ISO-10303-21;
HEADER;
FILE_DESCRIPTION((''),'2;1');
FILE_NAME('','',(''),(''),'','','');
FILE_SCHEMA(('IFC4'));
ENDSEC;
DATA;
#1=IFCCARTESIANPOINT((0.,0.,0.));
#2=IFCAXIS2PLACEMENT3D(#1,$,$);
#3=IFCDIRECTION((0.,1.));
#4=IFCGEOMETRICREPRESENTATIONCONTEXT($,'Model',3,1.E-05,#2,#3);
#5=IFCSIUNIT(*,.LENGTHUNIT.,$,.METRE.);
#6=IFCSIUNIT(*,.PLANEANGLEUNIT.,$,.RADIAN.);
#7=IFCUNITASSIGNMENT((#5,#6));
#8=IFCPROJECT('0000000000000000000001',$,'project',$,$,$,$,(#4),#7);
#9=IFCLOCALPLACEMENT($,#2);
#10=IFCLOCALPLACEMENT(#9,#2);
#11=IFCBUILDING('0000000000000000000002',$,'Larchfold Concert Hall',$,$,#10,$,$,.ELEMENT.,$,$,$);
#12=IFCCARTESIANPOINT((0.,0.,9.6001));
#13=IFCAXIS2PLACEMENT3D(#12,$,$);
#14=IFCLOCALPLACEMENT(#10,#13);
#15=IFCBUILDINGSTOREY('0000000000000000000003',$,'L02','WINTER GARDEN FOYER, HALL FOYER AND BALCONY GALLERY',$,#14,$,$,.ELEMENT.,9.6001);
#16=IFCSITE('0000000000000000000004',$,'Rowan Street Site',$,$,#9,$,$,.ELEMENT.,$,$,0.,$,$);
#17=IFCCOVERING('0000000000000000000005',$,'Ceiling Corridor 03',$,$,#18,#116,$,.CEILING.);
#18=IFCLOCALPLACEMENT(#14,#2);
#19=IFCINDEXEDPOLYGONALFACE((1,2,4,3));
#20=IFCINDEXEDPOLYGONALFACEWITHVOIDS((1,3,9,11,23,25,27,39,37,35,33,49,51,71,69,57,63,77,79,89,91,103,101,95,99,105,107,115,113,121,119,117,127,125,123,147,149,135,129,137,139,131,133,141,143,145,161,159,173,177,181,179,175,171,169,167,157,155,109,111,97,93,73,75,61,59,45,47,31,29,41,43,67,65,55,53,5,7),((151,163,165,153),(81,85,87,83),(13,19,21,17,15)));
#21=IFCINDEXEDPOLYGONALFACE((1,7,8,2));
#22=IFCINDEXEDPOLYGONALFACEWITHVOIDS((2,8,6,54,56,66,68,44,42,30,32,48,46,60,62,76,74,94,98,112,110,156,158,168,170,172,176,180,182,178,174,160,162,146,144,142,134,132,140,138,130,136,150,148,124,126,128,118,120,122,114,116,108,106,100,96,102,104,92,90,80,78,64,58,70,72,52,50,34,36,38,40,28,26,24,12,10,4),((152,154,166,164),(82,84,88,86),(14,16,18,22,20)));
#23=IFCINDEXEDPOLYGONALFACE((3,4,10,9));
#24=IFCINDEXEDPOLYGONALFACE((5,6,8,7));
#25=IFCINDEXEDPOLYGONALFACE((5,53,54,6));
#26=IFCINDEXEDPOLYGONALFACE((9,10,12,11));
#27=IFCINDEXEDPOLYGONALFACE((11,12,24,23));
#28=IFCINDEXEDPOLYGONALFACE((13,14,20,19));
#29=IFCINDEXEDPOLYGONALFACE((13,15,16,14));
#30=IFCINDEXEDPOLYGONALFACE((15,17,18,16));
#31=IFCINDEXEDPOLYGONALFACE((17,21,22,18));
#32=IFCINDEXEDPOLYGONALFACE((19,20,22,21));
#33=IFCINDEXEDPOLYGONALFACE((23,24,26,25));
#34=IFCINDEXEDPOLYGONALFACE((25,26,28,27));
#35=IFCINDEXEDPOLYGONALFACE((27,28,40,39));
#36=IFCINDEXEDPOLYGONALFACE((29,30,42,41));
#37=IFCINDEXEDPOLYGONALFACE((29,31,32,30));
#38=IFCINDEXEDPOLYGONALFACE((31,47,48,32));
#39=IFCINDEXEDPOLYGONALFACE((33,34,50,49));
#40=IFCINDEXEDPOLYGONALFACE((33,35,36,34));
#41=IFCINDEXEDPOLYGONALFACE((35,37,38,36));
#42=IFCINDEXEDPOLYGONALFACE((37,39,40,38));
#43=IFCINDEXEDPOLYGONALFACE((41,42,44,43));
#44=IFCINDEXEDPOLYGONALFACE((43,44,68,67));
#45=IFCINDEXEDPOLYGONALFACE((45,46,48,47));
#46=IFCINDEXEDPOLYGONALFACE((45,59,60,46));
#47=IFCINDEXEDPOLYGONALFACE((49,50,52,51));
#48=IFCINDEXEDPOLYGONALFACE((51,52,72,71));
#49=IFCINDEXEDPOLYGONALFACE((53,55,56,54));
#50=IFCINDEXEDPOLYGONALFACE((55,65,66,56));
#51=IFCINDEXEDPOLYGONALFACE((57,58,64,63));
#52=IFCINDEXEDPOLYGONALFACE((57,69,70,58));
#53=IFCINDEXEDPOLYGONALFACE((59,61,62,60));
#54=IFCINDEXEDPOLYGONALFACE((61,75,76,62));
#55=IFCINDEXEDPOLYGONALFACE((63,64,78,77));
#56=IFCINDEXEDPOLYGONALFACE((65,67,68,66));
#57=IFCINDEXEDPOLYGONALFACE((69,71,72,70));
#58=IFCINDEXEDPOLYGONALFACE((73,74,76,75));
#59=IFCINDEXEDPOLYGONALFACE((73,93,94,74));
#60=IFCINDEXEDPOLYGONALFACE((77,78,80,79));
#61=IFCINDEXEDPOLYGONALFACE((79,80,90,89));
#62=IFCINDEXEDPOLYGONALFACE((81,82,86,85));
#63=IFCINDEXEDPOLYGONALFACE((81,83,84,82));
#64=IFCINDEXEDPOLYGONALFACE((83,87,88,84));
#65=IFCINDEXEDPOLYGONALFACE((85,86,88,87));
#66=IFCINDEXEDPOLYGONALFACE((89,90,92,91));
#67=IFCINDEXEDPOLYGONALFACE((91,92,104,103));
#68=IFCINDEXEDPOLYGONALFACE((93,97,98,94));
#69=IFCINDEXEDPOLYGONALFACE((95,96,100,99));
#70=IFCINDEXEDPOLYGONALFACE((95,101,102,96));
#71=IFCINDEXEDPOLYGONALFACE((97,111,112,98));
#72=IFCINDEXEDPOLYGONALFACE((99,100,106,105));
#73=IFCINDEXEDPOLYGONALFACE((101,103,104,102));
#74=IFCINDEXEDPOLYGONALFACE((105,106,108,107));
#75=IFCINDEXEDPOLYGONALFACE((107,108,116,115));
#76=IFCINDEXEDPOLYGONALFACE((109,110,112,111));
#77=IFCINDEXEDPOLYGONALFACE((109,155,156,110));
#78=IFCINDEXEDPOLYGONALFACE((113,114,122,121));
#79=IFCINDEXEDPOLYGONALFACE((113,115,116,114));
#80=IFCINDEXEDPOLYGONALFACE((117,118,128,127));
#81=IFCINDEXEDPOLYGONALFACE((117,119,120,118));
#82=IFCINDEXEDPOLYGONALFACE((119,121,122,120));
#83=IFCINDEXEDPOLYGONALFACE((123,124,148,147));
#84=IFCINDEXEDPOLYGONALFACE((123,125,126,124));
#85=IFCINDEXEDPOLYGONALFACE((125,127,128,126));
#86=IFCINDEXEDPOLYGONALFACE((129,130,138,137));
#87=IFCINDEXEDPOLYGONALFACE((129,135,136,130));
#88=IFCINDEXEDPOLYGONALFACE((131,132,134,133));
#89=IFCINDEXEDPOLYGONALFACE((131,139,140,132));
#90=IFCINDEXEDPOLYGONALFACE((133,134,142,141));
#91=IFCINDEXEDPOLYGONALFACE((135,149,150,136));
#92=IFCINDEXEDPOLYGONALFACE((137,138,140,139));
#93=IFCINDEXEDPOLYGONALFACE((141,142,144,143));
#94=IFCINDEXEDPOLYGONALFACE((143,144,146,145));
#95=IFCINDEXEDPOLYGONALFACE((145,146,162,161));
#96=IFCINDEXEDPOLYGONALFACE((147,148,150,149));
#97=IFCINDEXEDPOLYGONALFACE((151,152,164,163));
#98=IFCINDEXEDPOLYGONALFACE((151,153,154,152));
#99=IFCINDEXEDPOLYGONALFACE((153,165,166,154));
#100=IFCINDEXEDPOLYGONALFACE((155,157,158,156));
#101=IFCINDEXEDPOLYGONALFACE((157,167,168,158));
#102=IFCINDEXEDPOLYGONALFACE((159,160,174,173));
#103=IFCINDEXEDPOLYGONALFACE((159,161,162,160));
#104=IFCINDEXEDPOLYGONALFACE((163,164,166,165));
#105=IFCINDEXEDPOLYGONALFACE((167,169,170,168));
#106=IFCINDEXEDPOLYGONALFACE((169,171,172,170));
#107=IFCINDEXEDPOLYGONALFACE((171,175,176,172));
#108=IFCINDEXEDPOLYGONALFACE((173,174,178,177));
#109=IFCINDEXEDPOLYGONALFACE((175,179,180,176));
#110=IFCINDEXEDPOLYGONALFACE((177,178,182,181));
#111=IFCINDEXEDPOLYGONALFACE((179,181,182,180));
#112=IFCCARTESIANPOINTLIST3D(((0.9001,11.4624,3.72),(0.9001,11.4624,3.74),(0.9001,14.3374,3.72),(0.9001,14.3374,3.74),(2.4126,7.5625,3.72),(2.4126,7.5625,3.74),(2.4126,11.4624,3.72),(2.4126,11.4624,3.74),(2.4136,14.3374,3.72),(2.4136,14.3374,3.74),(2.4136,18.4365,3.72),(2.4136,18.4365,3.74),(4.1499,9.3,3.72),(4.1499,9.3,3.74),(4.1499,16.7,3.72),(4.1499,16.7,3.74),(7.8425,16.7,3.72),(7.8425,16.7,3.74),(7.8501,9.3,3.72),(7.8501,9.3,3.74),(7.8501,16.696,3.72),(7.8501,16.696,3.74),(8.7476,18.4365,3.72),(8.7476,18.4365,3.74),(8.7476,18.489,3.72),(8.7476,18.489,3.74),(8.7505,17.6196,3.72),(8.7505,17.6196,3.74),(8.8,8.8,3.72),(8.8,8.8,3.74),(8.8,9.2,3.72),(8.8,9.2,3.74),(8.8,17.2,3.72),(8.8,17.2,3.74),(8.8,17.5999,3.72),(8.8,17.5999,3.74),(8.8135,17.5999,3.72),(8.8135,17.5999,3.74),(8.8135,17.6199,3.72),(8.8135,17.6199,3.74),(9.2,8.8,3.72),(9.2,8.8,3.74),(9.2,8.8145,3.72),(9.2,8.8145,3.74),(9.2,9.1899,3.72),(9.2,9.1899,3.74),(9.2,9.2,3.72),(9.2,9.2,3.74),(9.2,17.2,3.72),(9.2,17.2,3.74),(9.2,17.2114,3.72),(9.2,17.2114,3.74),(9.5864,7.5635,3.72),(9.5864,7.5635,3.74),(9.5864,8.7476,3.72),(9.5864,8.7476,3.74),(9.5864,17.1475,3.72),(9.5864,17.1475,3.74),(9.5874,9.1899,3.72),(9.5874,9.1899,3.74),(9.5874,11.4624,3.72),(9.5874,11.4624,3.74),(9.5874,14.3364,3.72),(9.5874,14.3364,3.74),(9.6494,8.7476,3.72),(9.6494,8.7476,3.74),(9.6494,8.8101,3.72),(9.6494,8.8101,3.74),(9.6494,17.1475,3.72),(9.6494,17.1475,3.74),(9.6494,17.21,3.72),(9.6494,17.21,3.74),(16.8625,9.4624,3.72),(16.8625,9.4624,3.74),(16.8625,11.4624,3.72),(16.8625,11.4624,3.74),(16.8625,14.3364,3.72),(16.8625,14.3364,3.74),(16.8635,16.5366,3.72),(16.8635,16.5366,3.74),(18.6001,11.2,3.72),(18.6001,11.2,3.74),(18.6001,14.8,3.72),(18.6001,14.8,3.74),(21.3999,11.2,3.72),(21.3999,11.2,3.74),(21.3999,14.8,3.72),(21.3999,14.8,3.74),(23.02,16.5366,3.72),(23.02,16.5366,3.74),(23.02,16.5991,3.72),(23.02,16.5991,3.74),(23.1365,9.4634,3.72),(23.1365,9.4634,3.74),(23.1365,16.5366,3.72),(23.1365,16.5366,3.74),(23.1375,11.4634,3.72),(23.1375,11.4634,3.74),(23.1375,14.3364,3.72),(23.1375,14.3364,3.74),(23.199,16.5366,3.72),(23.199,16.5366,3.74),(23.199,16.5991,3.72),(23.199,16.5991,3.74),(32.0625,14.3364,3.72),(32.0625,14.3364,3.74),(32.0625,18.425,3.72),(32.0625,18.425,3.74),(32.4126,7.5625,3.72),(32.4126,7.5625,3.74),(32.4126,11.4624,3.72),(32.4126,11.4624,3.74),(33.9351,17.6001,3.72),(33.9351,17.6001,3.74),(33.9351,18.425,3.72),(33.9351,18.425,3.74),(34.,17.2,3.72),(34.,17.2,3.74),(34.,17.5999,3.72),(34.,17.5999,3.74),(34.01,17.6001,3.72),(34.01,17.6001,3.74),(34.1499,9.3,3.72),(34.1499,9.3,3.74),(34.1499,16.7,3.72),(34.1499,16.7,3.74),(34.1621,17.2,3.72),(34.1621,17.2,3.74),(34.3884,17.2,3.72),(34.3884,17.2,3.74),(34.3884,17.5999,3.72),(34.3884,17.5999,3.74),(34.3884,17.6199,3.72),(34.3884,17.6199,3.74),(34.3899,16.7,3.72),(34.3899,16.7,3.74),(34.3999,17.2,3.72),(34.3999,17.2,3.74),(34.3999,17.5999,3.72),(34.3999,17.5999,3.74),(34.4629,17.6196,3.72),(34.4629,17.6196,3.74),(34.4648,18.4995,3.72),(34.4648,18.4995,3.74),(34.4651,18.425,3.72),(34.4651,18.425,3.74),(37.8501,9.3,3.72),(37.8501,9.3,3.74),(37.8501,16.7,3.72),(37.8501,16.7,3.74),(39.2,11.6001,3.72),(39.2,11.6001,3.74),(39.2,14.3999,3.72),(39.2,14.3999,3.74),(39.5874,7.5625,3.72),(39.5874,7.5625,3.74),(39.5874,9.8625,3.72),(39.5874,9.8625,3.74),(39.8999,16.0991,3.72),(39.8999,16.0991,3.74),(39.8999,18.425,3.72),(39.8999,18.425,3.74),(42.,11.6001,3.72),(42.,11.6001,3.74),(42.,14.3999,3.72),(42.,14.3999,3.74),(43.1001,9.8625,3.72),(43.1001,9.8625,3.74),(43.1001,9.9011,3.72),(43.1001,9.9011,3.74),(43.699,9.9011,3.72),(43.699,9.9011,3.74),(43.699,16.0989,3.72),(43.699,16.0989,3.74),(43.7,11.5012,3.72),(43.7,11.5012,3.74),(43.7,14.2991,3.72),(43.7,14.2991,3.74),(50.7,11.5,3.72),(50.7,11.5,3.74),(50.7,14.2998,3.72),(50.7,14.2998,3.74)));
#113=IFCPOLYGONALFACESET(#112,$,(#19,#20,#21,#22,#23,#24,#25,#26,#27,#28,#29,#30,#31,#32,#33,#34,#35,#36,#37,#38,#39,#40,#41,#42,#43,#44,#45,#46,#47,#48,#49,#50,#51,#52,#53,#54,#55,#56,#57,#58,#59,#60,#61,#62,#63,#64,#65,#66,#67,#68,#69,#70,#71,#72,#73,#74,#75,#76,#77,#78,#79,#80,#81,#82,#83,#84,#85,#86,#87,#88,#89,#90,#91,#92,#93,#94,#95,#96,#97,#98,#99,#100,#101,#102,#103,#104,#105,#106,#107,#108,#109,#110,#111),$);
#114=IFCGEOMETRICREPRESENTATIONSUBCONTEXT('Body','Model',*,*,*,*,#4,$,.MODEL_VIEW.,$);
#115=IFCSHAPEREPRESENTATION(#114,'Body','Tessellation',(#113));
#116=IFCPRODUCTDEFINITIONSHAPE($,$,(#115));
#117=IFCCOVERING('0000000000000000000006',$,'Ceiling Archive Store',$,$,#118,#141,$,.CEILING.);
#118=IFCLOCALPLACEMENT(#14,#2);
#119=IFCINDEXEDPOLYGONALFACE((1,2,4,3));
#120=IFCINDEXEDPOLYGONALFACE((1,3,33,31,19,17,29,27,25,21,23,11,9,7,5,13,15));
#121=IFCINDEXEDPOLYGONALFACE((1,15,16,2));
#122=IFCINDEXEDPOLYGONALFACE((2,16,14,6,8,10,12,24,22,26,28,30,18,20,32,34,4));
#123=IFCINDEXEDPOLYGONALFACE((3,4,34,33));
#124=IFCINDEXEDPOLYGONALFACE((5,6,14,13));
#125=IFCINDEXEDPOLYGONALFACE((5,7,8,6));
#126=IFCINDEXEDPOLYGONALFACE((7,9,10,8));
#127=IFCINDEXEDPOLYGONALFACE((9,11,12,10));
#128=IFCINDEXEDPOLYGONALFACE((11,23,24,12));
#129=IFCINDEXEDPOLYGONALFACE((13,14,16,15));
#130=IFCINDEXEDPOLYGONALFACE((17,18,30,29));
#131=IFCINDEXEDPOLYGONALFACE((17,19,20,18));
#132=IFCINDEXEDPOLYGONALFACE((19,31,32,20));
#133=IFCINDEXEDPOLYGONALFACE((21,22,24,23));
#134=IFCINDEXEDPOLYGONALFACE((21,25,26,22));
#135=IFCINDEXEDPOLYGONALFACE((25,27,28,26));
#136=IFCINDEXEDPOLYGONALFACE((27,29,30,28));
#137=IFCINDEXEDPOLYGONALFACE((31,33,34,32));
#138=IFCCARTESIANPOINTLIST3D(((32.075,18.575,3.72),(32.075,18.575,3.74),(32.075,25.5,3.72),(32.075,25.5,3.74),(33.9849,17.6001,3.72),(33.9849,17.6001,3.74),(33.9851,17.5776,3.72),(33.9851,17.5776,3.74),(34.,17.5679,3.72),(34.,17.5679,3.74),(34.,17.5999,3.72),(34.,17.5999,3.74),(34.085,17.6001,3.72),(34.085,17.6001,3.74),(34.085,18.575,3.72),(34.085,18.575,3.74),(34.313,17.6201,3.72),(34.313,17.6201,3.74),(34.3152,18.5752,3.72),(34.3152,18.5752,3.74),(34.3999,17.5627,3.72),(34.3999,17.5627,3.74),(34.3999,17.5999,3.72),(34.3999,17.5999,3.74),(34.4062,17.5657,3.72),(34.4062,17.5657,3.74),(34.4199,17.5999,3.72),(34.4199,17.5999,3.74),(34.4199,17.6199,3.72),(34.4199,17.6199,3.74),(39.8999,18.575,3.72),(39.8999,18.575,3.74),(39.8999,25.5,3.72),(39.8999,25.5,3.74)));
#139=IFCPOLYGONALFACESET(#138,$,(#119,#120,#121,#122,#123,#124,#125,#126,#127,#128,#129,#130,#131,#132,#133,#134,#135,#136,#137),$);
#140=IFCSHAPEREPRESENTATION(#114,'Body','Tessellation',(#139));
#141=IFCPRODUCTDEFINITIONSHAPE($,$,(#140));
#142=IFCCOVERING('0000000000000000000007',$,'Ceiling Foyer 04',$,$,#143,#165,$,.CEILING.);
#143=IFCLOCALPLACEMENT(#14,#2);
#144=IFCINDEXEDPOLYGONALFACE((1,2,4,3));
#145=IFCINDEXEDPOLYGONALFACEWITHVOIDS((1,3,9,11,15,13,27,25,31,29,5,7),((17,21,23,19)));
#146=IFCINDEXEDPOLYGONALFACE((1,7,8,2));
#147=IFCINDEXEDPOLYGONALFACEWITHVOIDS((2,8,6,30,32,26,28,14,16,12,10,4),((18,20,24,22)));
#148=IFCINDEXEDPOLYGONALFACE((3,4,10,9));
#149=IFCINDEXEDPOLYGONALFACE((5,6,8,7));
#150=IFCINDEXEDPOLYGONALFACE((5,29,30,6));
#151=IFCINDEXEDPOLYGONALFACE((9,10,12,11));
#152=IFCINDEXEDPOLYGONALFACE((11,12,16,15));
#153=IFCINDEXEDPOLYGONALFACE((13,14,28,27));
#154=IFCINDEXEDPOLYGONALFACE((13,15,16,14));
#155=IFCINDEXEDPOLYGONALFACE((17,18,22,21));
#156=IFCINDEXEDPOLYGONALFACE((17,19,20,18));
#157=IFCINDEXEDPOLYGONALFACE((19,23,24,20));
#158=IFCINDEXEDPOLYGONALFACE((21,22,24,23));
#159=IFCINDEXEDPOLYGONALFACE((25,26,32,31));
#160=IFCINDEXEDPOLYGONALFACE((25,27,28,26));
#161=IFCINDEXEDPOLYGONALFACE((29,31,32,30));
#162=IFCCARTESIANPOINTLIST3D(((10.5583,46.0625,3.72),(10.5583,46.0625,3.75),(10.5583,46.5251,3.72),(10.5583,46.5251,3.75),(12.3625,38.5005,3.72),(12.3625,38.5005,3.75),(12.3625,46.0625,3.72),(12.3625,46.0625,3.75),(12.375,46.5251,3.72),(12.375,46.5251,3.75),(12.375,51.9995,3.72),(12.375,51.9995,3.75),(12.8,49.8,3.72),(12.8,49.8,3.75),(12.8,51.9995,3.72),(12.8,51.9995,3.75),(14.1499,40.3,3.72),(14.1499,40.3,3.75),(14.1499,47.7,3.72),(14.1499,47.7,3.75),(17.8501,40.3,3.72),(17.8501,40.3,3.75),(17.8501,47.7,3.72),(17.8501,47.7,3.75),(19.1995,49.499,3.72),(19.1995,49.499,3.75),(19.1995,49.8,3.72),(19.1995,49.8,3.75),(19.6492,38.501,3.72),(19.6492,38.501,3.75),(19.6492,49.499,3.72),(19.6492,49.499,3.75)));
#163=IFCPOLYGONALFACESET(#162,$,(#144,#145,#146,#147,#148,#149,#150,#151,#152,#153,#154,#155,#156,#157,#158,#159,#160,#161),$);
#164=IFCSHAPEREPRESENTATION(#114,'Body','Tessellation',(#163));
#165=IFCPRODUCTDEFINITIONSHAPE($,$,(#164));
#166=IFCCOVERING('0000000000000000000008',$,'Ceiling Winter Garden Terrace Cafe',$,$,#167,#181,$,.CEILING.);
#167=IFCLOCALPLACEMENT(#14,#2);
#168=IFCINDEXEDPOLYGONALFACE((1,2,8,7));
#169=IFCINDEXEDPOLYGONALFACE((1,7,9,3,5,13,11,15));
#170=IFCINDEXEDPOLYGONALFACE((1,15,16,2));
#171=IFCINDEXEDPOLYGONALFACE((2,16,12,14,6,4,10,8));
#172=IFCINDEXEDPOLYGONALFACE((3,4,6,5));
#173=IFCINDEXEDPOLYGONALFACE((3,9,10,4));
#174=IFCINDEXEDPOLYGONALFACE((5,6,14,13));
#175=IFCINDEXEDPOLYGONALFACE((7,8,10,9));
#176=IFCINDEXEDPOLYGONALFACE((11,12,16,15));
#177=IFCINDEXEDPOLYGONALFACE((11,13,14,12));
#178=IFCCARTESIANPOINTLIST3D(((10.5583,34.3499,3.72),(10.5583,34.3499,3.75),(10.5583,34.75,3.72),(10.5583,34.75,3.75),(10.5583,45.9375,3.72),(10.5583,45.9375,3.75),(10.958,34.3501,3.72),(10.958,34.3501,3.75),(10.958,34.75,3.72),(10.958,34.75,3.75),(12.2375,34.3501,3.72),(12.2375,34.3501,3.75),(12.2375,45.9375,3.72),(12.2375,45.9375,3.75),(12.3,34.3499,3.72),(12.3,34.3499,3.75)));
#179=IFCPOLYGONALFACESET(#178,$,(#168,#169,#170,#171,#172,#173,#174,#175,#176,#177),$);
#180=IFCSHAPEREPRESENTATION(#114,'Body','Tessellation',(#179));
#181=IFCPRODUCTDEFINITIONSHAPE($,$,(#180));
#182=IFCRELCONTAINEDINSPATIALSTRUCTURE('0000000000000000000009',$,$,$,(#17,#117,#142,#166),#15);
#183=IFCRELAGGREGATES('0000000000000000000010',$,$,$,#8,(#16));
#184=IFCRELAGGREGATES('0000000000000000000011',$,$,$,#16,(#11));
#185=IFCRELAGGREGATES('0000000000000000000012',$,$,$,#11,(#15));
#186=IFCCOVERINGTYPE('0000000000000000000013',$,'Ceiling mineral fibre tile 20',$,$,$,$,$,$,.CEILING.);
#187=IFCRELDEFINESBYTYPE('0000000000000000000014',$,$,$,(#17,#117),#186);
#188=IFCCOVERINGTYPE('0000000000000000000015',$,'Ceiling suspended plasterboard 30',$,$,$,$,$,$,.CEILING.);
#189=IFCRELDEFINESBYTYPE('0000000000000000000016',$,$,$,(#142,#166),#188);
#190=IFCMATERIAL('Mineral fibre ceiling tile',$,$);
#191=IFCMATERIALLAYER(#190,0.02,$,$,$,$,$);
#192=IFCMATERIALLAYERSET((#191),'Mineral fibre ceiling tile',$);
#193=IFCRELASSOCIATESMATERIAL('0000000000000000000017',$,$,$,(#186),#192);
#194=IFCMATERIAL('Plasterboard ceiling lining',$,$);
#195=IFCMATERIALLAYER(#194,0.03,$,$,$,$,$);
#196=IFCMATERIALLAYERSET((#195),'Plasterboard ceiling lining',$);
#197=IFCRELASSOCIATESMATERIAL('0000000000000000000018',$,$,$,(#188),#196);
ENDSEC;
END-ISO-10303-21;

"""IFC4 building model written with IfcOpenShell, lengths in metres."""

from ifc_helpers import new_model, si_unit, direction, frame, origin, place, context, subcontext, project, spatial, polyline, outline, extrude, material, layer, layer_set, type_object, element, save


model = new_model("IFC4")

# Units and contexts
model_context = context("Model", 3, precision=1e-05, world=origin(), true_north=direction((0.0, 1.0)))
body_context = subcontext(model_context, "Body", "Model", "MODEL_VIEW")
ifc_project = project(units=[si_unit("LENGTHUNIT", "METRE"), si_unit("PLANEANGLEUNIT", "RADIAN")], contexts=[model_context])

# Site, building, storey
site_placement = place(None, origin())
site = spatial("IfcSite", under=ifc_project, at=site_placement, Name="Rowan Street Site", CompositionType="ELEMENT", RefElevation=0.0)
building_placement = place(site_placement, origin())
building = spatial("IfcBuilding", under=site, at=building_placement, Name="Larchfold Concert Hall", CompositionType="ELEMENT")
storey_placement = place(building_placement, frame((0.0, 0.0, 9.6001)))
storey = spatial("IfcBuildingStorey", under=building, at=storey_placement, Name="L02", Description="WINTER GARDEN FOYER, HALL FOYER AND BALCONY GALLERY", CompositionType="ELEMENT", Elevation=9.6001)

# Coverings
ifc_material_1 = material(Name="Mineral fibre ceiling tile")
ifc_layer_1 = layer(ifc_material_1, 0.02)
ifc_layer_set_1 = layer_set([ifc_layer_1], Name="Mineral fibre ceiling tile")
covering_type_1 = type_object("IfcCoveringType", Name="Ceiling mineral fibre tile 20", PredefinedType="CEILING", material=ifc_layer_set_1)
covering_1_placement = place(storey_placement, frame((0.0, 0.0, 3.72)))
element("IfcCovering", 1, at=covering_1_placement, inside=storey, type_object=covering_type_1, Name="Ceiling Corridor 03", PredefinedType="CEILING", context=body_context, shape_type="SweptSolid", body=[
    extrude(outline(polyline([(2.4136, 14.3374), (0.9001, 14.3374), (0.9001, 11.4624), (2.4126, 11.4624), (2.4126, 7.5625), (9.5864, 7.5635), (9.5864, 8.7476), (9.6494, 8.7476), (9.6494, 8.8101), (9.2, 8.8145), (9.2, 8.8), (8.8, 8.8), (8.8, 9.2), (9.2, 9.2), (9.2, 9.1899), (9.5874, 9.1899), (9.5874, 11.4624), (16.8625, 11.4624), (16.8625, 9.4624), (23.1365, 9.4634), (23.1365, 9.4009), (23.1375, 11.4634), (32.4126, 11.4624), (32.4126, 7.5625), (39.5874, 7.5625), (39.5874, 9.8625), (43.1001, 9.8625), (43.1001, 9.9011), (43.699, 9.9011), (43.7, 11.5012), (50.7, 11.5), (50.7, 14.2998), (43.7, 14.2991), (43.699, 16.0989), (39.8999, 16.0991), (39.8999, 18.425), (34.4651, 18.425), (34.4648, 18.4995), (34.4629, 17.6196), (34.3884, 17.6199), (34.3884, 17.5999), (34.3999, 17.5999), (34.3999, 17.2), (34.3884, 17.2), (34.3899, 16.7), (37.8501, 16.7), (37.8501, 9.3), (34.1499, 9.3), (34.1499, 16.7), (34.1621, 17.2), (34.0, 17.2), (34.0, 17.5999), (34.01, 17.6001), (33.9351, 17.6001), (33.9351, 18.425), (32.0625, 18.425), (32.0625, 14.3364), (23.1375, 14.3364), (23.1365, 16.5366), (23.199, 16.5366), (23.199, 16.5991), (23.02, 16.5991), (23.02, 16.5366), (16.8635, 16.5366), (16.8635, 16.5991), (16.8625, 14.3364), (9.5874, 14.3364), (9.5864, 17.1475), (9.6494, 17.1475), (9.6494, 17.21), (9.2, 17.2114), (9.2, 17.2), (8.8, 17.2), (8.8, 17.5999), (8.8135, 17.5999), (8.8135, 17.6199), (8.7505, 17.6196), (8.7476, 18.489), (8.7476, 18.4365), (2.4136, 18.4365), (2.4136, 14.3374)]), holes=[polyline([(39.2, 11.6001), (39.2, 14.3999), (42.0, 14.3999), (42.0, 11.6001), (39.2, 11.6001)]), polyline([(18.6001, 11.2), (18.6001, 14.8), (21.3999, 14.8), (21.3999, 11.2), (18.6001, 11.2)]), polyline([(7.8501, 9.3), (4.1499, 9.3), (4.1499, 16.7), (7.8425, 16.7), (7.8501, 16.696), (7.8501, 9.3)])]), origin(), (0.0, 0.0, 1.0), 0.02),
])
covering_2_placement = place(storey_placement, frame((0.0, 0.0, 3.72)))
element("IfcCovering", 2, at=covering_2_placement, inside=storey, type_object=covering_type_1, Name="Ceiling Archive Store", PredefinedType="CEILING", context=body_context, shape_type="SweptSolid", body=[
    extrude(outline(polyline([(34.3999, 17.5627), (34.4062, 17.5657), (34.4199, 17.5999), (34.4199, 17.6199), (34.313, 17.6201), (34.3152, 18.5752), (39.8999, 18.575), (39.8999, 25.5), (32.075, 25.5), (32.075, 18.575), (34.085, 18.575), (34.085, 17.6001), (33.9849, 17.6001), (33.9851, 17.5776), (34.0, 17.5679), (34.0, 17.5999), (34.3999, 17.5999), (34.3999, 17.5627)])), origin(), (0.0, 0.0, 1.0), 0.02),
])
ifc_material_2 = material(Name="Plasterboard ceiling lining")
ifc_layer_2 = layer(ifc_material_2, 0.03)
ifc_layer_set_2 = layer_set([ifc_layer_2], Name="Plasterboard ceiling lining")
covering_type_2 = type_object("IfcCoveringType", Name="Ceiling suspended plasterboard 30", PredefinedType="CEILING", material=ifc_layer_set_2)
covering_3_placement = place(storey_placement, frame((0.0, 0.0, 3.72)))
element("IfcCovering", 3, at=covering_3_placement, inside=storey, type_object=covering_type_2, Name="Ceiling Foyer 04", PredefinedType="CEILING", context=body_context, shape_type="SweptSolid", body=[
    extrude(outline(polyline([(10.5583, 46.5251), (10.5583, 46.0625), (12.3625, 46.0625), (12.3625, 38.5005), (19.6492, 38.501), (19.6492, 49.499), (19.1995, 49.499), (19.1995, 49.8), (12.8, 49.8), (12.8, 51.9995), (12.375, 51.9995), (12.375, 46.5251), (10.5583, 46.5251)]), holes=[polyline([(14.1499, 40.3), (14.1499, 47.7), (17.8501, 47.7), (17.8501, 40.3), (14.1499, 40.3)])]), origin(), (0.0, 0.0, 1.0), 0.03),
])
covering_4_placement = place(storey_placement, frame((0.0, 0.0, 3.72)))
element("IfcCovering", 4, at=covering_4_placement, inside=storey, type_object=covering_type_2, Name="Ceiling Winter Garden Terrace Cafe", PredefinedType="CEILING", context=body_context, shape_type="SweptSolid", body=[
    extrude(outline(polyline([(12.3, 34.3499), (12.2375, 34.3501), (12.2375, 45.9375), (10.5583, 45.9375), (10.5583, 34.75), (10.958, 34.75), (10.958, 34.3501), (10.5583, 34.3499), (12.3, 34.3499)])), origin(), (0.0, 0.0, 1.0), 0.03),
])

save(model, "model.ifc")
